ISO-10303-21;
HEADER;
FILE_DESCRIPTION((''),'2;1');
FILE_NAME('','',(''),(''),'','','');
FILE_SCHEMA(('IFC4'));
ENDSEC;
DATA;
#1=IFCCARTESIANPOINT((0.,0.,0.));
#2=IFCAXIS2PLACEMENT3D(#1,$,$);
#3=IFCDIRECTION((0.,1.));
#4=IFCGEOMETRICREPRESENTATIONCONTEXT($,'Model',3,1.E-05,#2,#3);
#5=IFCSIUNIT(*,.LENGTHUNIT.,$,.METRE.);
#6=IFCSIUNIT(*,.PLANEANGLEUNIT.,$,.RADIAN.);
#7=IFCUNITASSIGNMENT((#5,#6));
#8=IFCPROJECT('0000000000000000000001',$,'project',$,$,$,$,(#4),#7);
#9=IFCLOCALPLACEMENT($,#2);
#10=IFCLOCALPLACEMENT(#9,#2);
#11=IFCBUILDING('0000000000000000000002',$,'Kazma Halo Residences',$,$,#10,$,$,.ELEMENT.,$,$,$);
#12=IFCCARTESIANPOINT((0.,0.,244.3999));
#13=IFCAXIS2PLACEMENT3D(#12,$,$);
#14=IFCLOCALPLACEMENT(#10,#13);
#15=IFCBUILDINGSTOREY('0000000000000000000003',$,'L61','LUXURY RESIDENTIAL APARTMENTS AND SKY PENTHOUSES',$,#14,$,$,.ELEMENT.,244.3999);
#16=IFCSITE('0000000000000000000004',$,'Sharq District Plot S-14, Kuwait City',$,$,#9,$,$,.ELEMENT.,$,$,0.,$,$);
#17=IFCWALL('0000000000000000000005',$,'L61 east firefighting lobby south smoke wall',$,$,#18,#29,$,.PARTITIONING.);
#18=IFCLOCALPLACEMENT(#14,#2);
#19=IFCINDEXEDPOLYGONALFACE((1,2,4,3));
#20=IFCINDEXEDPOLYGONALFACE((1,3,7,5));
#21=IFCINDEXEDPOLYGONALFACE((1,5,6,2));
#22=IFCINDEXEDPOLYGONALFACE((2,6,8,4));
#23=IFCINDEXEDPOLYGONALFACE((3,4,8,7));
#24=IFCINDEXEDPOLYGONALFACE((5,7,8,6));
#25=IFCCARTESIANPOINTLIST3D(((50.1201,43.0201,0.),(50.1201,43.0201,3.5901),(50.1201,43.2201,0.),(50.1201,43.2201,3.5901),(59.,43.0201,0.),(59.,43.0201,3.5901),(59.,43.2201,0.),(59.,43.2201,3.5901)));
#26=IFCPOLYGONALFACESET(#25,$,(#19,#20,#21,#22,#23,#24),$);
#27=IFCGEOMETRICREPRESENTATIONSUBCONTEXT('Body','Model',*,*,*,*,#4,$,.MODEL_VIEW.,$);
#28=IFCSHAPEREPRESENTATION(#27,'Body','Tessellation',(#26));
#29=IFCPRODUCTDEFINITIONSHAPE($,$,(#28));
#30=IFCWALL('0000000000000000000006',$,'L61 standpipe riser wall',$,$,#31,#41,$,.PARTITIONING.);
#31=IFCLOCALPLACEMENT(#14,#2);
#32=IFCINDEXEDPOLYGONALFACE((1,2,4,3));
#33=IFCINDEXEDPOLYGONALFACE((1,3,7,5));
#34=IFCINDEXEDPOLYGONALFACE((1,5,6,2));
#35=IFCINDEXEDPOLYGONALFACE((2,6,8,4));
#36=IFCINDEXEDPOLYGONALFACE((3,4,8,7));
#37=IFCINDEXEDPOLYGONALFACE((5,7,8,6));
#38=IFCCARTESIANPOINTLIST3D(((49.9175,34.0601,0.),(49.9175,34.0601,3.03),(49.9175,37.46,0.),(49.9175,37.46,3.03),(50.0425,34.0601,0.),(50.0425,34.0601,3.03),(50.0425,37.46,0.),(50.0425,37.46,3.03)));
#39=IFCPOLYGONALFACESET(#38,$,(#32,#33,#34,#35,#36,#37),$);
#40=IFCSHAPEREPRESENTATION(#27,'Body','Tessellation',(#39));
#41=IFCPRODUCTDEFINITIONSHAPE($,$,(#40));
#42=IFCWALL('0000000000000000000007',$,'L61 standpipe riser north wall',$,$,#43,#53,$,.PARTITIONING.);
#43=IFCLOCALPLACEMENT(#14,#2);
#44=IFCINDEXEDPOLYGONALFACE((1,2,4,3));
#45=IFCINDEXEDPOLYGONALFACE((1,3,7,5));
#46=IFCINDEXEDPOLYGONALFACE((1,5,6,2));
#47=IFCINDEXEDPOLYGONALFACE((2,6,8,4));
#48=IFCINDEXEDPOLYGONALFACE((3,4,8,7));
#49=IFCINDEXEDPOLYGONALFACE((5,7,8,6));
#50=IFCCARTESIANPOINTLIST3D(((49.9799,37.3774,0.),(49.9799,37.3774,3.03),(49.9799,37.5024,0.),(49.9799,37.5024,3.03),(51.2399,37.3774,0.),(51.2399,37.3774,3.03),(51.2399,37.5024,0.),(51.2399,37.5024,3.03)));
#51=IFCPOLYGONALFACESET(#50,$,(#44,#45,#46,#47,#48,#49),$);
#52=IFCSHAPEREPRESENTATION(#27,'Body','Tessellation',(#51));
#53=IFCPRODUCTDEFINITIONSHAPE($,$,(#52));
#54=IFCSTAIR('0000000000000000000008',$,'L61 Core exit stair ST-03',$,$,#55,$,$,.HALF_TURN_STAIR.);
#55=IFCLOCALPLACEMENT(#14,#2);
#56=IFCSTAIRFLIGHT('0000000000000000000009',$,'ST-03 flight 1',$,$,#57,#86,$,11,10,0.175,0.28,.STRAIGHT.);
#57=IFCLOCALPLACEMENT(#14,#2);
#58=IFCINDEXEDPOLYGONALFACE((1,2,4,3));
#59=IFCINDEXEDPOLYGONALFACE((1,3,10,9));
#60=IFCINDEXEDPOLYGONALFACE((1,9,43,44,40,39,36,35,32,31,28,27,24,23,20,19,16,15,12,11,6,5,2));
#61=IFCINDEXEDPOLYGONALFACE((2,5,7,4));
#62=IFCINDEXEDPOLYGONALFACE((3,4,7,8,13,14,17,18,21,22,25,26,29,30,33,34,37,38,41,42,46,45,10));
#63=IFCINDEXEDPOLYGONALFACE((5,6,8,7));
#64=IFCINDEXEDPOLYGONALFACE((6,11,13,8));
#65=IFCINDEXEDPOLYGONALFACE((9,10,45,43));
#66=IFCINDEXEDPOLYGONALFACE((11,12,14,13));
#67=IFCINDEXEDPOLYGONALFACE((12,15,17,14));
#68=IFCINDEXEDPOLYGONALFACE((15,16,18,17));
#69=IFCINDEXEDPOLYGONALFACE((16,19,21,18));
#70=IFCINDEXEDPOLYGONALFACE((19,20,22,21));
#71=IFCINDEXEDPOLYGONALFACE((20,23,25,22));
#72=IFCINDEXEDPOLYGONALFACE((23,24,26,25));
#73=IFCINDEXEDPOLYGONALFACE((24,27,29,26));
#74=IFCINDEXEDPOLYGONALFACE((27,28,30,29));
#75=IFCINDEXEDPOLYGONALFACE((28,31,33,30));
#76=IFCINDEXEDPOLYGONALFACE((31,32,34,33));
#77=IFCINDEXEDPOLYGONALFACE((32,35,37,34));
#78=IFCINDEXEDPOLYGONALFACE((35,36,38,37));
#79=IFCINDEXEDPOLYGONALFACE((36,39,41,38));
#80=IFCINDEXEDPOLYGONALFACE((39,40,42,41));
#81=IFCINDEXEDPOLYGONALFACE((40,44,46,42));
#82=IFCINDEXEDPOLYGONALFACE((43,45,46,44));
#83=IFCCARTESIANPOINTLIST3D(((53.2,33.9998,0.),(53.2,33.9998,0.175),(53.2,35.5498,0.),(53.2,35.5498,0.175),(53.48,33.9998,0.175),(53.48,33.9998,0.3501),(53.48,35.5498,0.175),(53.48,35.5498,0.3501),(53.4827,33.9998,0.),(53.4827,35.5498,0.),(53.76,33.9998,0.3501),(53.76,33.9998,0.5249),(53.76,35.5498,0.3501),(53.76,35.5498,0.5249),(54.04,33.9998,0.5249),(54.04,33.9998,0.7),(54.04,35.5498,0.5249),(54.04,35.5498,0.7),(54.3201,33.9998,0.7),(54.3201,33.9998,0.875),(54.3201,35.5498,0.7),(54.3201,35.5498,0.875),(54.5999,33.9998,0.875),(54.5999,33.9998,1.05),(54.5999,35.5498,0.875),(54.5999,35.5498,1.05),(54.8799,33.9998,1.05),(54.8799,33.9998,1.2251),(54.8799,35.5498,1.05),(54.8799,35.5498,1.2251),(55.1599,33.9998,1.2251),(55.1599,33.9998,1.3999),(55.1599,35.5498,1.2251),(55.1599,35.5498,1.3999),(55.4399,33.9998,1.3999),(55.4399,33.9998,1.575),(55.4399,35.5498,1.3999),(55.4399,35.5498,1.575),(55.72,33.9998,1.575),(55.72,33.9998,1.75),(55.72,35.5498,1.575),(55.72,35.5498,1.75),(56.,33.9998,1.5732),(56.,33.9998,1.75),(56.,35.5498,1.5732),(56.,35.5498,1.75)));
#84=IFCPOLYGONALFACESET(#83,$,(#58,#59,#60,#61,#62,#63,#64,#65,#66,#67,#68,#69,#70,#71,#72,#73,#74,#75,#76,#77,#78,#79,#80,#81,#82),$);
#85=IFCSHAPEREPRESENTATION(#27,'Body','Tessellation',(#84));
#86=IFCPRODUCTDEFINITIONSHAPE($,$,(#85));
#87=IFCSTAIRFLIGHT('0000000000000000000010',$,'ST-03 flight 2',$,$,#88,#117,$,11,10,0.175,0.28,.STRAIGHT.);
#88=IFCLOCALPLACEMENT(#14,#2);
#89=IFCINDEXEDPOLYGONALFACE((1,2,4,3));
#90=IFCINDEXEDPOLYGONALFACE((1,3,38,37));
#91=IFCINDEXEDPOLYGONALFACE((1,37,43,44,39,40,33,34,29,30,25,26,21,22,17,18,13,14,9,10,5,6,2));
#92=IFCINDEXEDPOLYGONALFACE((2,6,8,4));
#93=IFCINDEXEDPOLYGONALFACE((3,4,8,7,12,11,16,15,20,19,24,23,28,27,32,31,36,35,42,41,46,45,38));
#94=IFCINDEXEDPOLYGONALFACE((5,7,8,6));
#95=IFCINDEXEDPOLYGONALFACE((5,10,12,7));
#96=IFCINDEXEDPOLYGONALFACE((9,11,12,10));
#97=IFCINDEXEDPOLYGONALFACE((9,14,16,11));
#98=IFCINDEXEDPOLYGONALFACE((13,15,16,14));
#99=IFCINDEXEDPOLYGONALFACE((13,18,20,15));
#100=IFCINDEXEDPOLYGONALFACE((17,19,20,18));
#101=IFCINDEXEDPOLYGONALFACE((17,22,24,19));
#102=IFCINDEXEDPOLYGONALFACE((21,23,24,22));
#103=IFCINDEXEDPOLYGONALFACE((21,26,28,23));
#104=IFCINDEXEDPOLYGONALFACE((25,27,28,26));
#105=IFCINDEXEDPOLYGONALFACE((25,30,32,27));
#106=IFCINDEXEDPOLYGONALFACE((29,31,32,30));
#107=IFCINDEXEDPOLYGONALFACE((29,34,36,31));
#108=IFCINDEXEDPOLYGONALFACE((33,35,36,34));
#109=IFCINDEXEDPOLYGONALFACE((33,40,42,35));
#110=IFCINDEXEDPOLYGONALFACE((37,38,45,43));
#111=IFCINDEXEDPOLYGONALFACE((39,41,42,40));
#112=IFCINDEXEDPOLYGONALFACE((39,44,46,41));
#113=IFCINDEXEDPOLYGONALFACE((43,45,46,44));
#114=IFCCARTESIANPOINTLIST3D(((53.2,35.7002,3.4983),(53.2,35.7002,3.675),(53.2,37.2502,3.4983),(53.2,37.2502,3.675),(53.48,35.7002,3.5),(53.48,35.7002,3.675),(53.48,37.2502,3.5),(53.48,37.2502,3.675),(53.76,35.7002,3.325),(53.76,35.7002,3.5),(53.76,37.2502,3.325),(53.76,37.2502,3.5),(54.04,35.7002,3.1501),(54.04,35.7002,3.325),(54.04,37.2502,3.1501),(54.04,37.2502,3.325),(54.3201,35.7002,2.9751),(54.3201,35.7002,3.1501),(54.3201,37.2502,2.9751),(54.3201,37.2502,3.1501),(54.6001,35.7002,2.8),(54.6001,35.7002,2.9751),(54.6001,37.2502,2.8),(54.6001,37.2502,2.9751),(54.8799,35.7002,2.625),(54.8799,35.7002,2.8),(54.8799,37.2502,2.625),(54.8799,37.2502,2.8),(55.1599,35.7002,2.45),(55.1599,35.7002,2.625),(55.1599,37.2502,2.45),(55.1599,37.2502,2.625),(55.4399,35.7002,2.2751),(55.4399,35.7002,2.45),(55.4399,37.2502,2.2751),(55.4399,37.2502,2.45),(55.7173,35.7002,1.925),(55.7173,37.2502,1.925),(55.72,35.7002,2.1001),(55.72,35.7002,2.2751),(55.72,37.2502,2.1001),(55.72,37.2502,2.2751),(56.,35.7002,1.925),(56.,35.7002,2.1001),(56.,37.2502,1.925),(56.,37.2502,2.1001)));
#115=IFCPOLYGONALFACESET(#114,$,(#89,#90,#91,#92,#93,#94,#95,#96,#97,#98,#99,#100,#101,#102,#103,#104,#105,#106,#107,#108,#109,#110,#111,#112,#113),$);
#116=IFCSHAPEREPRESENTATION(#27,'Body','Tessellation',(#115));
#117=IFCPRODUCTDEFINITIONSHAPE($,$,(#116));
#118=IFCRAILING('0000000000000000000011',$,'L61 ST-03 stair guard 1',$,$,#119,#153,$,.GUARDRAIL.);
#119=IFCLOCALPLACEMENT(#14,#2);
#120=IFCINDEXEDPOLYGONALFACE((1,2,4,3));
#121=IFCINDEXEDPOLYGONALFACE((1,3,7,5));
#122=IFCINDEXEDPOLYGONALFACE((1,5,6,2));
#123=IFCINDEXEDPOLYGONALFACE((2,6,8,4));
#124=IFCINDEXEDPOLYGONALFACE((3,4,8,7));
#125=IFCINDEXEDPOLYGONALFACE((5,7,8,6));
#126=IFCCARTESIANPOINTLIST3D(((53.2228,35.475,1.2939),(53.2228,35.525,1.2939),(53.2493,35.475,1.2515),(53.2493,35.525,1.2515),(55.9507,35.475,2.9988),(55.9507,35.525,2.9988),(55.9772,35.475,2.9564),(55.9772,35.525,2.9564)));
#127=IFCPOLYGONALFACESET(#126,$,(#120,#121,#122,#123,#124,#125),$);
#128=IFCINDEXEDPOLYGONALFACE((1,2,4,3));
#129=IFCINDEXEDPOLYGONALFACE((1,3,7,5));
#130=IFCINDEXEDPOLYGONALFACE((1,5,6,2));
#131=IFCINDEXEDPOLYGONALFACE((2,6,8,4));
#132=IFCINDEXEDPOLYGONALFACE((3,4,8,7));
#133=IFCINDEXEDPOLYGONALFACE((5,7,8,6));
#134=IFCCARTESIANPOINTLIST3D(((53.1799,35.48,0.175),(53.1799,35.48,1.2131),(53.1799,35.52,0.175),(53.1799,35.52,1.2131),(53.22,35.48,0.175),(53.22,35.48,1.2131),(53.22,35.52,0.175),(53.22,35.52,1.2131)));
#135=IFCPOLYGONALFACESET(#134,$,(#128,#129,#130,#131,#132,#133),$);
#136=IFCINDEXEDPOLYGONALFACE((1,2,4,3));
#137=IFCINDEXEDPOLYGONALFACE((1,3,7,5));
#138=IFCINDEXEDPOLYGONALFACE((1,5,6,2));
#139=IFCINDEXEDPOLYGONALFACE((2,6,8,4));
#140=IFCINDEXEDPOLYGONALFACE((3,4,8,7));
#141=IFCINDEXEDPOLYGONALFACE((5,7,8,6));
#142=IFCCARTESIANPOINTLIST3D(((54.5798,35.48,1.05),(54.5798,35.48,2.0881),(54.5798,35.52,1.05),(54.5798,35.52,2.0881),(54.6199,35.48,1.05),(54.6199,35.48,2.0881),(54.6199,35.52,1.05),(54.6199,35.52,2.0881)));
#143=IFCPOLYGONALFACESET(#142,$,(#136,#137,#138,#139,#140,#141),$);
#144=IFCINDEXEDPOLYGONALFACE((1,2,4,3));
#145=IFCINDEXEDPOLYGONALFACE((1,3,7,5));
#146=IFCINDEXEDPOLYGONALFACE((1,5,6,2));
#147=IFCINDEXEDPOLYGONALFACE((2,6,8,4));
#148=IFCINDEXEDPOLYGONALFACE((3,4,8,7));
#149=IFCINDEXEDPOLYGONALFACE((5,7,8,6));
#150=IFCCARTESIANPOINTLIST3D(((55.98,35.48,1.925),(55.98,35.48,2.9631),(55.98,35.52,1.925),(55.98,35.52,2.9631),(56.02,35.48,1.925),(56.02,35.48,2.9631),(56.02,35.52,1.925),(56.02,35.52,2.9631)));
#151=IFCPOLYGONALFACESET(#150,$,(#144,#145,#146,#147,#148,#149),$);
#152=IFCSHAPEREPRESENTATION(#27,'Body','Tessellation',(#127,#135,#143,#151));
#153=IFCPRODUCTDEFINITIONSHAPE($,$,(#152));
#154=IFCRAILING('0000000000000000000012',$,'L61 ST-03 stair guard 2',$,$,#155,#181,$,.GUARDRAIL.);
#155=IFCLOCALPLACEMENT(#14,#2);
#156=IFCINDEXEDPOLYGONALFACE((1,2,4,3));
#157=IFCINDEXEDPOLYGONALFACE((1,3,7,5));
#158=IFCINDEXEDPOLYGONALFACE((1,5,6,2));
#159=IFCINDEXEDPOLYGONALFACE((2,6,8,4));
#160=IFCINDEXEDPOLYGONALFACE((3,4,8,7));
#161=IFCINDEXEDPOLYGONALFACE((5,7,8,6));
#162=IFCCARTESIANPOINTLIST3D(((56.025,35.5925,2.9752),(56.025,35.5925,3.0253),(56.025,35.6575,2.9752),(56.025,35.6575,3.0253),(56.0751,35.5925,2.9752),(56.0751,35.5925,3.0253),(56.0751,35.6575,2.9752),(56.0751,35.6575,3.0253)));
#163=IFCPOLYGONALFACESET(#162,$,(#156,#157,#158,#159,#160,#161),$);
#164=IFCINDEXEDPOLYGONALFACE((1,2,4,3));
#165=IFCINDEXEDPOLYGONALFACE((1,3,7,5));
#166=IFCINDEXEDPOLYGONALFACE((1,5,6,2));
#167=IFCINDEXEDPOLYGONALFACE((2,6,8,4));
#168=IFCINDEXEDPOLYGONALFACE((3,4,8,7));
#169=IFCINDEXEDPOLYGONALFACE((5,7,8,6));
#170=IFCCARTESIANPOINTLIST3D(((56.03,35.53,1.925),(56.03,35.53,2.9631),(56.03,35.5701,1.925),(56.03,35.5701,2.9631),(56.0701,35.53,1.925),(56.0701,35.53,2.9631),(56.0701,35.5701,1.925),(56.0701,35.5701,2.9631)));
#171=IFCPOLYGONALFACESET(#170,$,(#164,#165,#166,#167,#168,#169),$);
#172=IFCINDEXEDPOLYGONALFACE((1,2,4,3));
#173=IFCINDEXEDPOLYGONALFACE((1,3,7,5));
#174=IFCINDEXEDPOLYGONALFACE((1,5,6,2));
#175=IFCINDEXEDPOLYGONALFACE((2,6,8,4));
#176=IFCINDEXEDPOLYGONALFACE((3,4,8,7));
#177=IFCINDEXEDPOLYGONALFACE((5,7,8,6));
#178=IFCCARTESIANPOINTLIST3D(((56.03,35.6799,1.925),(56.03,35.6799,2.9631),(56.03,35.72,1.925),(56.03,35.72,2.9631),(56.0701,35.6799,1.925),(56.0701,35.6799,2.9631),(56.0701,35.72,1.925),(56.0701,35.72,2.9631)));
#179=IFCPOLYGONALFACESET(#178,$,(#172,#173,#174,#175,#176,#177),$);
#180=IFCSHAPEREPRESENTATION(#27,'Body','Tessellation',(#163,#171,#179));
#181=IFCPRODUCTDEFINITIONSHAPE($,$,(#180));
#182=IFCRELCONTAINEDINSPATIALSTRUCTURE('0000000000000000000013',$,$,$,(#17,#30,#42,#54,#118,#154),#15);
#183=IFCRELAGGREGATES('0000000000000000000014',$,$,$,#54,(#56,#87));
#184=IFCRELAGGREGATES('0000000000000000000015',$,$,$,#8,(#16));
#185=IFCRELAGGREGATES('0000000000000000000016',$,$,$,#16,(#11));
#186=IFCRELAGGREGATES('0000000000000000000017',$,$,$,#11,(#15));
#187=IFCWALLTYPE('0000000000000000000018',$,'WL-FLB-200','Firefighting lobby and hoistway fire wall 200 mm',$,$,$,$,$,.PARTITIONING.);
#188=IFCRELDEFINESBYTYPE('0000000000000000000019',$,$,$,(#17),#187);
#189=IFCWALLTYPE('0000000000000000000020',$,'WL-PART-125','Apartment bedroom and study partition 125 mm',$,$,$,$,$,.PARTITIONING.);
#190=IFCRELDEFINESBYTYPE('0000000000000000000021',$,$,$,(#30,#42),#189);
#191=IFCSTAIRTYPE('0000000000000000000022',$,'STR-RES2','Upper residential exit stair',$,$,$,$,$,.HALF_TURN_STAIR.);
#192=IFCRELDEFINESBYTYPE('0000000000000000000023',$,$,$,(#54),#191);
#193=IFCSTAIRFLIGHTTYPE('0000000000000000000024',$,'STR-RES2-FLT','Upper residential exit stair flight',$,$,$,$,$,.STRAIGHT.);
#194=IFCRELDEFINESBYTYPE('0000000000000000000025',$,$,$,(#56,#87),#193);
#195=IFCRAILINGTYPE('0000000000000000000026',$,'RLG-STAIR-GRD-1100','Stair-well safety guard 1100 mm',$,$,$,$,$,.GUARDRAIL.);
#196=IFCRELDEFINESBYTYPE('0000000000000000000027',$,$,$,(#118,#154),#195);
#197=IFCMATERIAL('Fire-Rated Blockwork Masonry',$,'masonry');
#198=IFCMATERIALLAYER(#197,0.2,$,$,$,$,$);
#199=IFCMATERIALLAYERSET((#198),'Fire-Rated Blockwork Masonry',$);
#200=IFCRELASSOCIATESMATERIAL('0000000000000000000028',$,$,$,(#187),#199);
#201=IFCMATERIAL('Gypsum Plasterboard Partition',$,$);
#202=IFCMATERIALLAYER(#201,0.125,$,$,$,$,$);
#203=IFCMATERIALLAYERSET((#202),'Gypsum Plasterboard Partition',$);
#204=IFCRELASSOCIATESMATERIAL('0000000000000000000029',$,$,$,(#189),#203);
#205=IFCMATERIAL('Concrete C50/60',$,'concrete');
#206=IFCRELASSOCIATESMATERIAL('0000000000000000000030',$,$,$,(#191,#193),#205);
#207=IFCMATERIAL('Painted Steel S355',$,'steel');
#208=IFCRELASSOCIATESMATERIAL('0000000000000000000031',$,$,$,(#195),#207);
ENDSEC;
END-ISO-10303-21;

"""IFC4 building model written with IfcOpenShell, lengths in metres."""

from ifc_helpers import new_model, si_unit, direction, frame, frame_2d, origin, origin_2d, place, context, subcontext, project, spatial, polyline, rectangle, outline, extrude, material, layer, layer_set, type_object, element, aggregate, save


model = new_model("IFC4")

# Units and contexts
model_context = context("Model", 3, precision=1e-05, world=origin(), true_north=direction((0.0, 1.0)))
body_context = subcontext(model_context, "Body", "Model", "MODEL_VIEW")
ifc_project = project(units=[si_unit("LENGTHUNIT", "METRE"), si_unit("PLANEANGLEUNIT", "RADIAN")], contexts=[model_context])

# Site, building, storey
site_placement = place(None, origin())
site = spatial("IfcSite", under=ifc_project, at=site_placement, Name="Sharq District Plot S-14, Kuwait City", CompositionType="ELEMENT", RefElevation=0.0)
building_placement = place(site_placement, origin())
building = spatial("IfcBuilding", under=site, at=building_placement, Name="Kazma Halo Residences", CompositionType="ELEMENT")
storey_placement = place(building_placement, frame((0.0, 0.0, 244.3999)))
storey = spatial("IfcBuildingStorey", under=building, at=storey_placement, Name="L61", Description="LUXURY RESIDENTIAL APARTMENTS AND SKY PENTHOUSES", CompositionType="ELEMENT", Elevation=244.3999)

# Shared definitions
ifc_material_1 = material(Name="Fire-Rated Blockwork Masonry", Category="masonry")
ifc_layer_1 = layer(ifc_material_1, 0.2)
ifc_layer_set_1 = layer_set([ifc_layer_1], Name="Fire-Rated Blockwork Masonry")
wall_type_1 = type_object("IfcWallType", Name="WL-FLB-200", Description="Firefighting lobby and hoistway fire wall 200 mm", PredefinedType="PARTITIONING", material=ifc_layer_set_1)

# Walls
wall_1_placement = place(storey_placement, frame((50.1201, 43.1201, 0.0), z_axis=(0.0, 0.0, 1.0), x_axis=(1.0, 0.0, 0.0)))
element("IfcWall", 1, at=wall_1_placement, inside=storey, type_object=wall_type_1, Name="L61 east firefighting lobby south smoke wall", PredefinedType="PARTITIONING", context=body_context, shape_type="SweptSolid", body=[
    extrude(rectangle(XDim=8.8799, YDim=0.2, at=frame_2d((4.4399, 0.0))), origin(), (0.0, 0.0, 1.0), 3.5901),
])
ifc_material_2 = material(Name="Gypsum Plasterboard Partition")
ifc_layer_2 = layer(ifc_material_2, 0.125)
ifc_layer_set_2 = layer_set([ifc_layer_2], Name="Gypsum Plasterboard Partition")
wall_type_2 = type_object("IfcWallType", Name="WL-PART-125", Description="Apartment bedroom and study partition 125 mm", PredefinedType="PARTITIONING", material=ifc_layer_set_2)
wall_2_placement = place(storey_placement, frame((49.98, 34.0601, 0.0), z_axis=(0.0, 0.0, 1.0), x_axis=(0.0, 1.0, 0.0)))
element("IfcWall", 2, at=wall_2_placement, inside=storey, type_object=wall_type_2, Name="L61 standpipe riser wall", PredefinedType="PARTITIONING", context=body_context, shape_type="SweptSolid", body=[
    extrude(rectangle(XDim=3.3999, YDim=0.125, at=frame_2d((1.7, 0.0))), origin(), (0.0, 0.0, 1.0), 3.03),
])
wall_3_placement = place(storey_placement, frame((49.98, 37.4399, 0.0), z_axis=(0.0, 0.0, 1.0), x_axis=(1.0, 0.0, 0.0)))
element("IfcWall", 3, at=wall_3_placement, inside=storey, type_object=wall_type_2, Name="L61 standpipe riser north wall", PredefinedType="PARTITIONING", context=body_context, shape_type="SweptSolid", body=[
    extrude(rectangle(XDim=1.26, YDim=0.125, at=frame_2d((0.6299, 0.0))), origin(), (0.0, 0.0, 1.0), 3.03),
])

# Shared definitions
ifc_material_3 = material(Name="Concrete C50/60", Category="concrete")

# Stair, stair flights
stair_type = type_object("IfcStairType", Name="STR-RES2", Description="Upper residential exit stair", PredefinedType="HALF_TURN_STAIR", material=ifc_material_3)
stair_placement = place(storey_placement, origin())
stair = element("IfcStair", 4, at=stair_placement, inside=storey, type_object=stair_type, Name="L61 Core exit stair ST-03", PredefinedType="HALF_TURN_STAIR")
stair_flight_type = type_object("IfcStairFlightType", Name="STR-RES2-FLT", Description="Upper residential exit stair flight", PredefinedType="STRAIGHT", material=ifc_material_3)
stair_flight_1_placement = place(storey_placement, frame((53.2, 34.7749, 0.0), z_axis=(0.0, 0.0, 1.0), x_axis=(1.0, 0.0, 0.0)))
stair_flight_1 = element("IfcStairFlight", 5, at=stair_flight_1_placement, type_object=stair_flight_type, Name="ST-03 flight 1", NumberOfRisers=11, NumberOfTreads=10, PredefinedType="STRAIGHT", RiserHeight=0.175, TreadLength=0.28, context=body_context, shape_type="SweptSolid", body=[
    extrude(outline(polyline([(0.0, 0.0), (0.0, 0.175), (0.28, 0.175), (0.28, 0.3501), (0.5601, 0.3501), (0.5601, 0.5249), (0.8401, 0.5249), (0.8401, 0.7), (1.1201, 0.7), (1.1201, 0.875), (1.3999, 0.875), (1.3999, 1.05), (1.6799, 1.05), (1.6799, 1.2251), (1.96, 1.2251), (1.96, 1.3999), (2.24, 1.3999), (2.24, 1.575), (2.52, 1.575), (2.52, 1.75), (2.8, 1.75), (2.8, 1.925), (2.8, 1.5732), (0.2827, 0.0), (0.0, 0.0)])), frame((0.0, 0.7749, 0.0), z_axis=(0.0, -1.0, 0.0), x_axis=(1.0, 0.0, 0.0)), (0.0, 0.0, 1.0), 1.55),
])
stair_flight_2_placement = place(storey_placement, frame((56.0, 36.4751, 1.925), z_axis=(0.0, 0.0, 1.0), x_axis=(-1.0, 0.0, 0.0)))
stair_flight_2 = element("IfcStairFlight", 6, at=stair_flight_2_placement, type_object=stair_flight_type, Name="ST-03 flight 2", NumberOfRisers=11, NumberOfTreads=10, PredefinedType="STRAIGHT", RiserHeight=0.175, TreadLength=0.28, context=body_context, shape_type="SweptSolid", body=[
    extrude(outline(polyline([(0.0, 0.0), (0.0, 0.175), (0.28, 0.175), (0.28, 0.3501), (0.5601, 0.3501), (0.5601, 0.5249), (0.8401, 0.5249), (0.8401, 0.7), (1.1201, 0.7), (1.1201, 0.875), (1.3999, 0.875), (1.3999, 1.05), (1.6799, 1.05), (1.6799, 1.2251), (1.96, 1.2251), (1.96, 1.3999), (2.24, 1.3999), (2.24, 1.575), (2.52, 1.575), (2.52, 1.75), (2.8, 1.75), (2.8, 1.925), (2.8, 1.5732), (0.2827, 0.0), (0.0, 0.0)])), frame((0.0, 0.7749, 0.0), z_axis=(0.0, -1.0, 0.0), x_axis=(1.0, 0.0, 0.0)), (0.0, 0.0, 1.0), 1.55),
])
aggregate(stair, [stair_flight_1, stair_flight_2])

# Railings
ifc_material_4 = material(Name="Painted Steel S355", Category="steel")
railing_type_1 = type_object("IfcRailingType", Name="RLG-STAIR-GRD-1100", Description="Stair-well safety guard 1100 mm", PredefinedType="GUARDRAIL", material=ifc_material_4)
railing_1_placement = place(storey_placement, frame((53.2, 35.5, 0.175)))
element("IfcRailing", 7, at=railing_1_placement, inside=storey, type_object=railing_type_1, Name="L61 ST-03 stair guard 1", PredefinedType="GUARDRAIL", context=body_context, shape_type="SweptSolid", body=[
    extrude(rectangle(XDim=0.05, YDim=0.05, at=origin_2d()), frame((0.0361, 0.0, 1.0977), z_axis=(0.848002, 0.0, 0.529992), x_axis=(0.0, 1.0, 0.0)), (0.0, 0.0, 1.0), 3.2168),
    extrude(rectangle(XDim=0.04, YDim=0.04, at=origin_2d()), origin(), (0.0, 0.0, 1.0), 1.0381),
    extrude(rectangle(XDim=0.04, YDim=0.04, at=origin_2d()), frame((1.3999, 0.0, 0.875)), (0.0, 0.0, 1.0), 1.0381),
    extrude(rectangle(XDim=0.04, YDim=0.04, at=origin_2d()), frame((2.8, 0.0, 1.75)), (0.0, 0.0, 1.0), 1.0381),
])
railing_2_placement = place(storey_placement, frame((56.05, 35.55, 1.925)))
element("IfcRailing", 8, at=railing_2_placement, inside=storey, type_object=railing_type_1, Name="L61 ST-03 stair guard 2", PredefinedType="GUARDRAIL", context=body_context, shape_type="SweptSolid", body=[
    extrude(rectangle(XDim=0.05, YDim=0.05, at=origin_2d()), frame((0.0, 0.0425, 1.0752), z_axis=(0.0, 1.0, 0.0), x_axis=(-1.0, 0.0, 0.0)), (0.0, 0.0, 1.0), 0.0649),
    extrude(rectangle(XDim=0.04, YDim=0.04, at=origin_2d()), origin(), (0.0, 0.0, 1.0), 1.0381),
    extrude(rectangle(XDim=0.04, YDim=0.04, at=origin_2d()), frame((0.0, 0.1499, 0.0)), (0.0, 0.0, 1.0), 1.0381),
])

save(model, "model.ifc")
